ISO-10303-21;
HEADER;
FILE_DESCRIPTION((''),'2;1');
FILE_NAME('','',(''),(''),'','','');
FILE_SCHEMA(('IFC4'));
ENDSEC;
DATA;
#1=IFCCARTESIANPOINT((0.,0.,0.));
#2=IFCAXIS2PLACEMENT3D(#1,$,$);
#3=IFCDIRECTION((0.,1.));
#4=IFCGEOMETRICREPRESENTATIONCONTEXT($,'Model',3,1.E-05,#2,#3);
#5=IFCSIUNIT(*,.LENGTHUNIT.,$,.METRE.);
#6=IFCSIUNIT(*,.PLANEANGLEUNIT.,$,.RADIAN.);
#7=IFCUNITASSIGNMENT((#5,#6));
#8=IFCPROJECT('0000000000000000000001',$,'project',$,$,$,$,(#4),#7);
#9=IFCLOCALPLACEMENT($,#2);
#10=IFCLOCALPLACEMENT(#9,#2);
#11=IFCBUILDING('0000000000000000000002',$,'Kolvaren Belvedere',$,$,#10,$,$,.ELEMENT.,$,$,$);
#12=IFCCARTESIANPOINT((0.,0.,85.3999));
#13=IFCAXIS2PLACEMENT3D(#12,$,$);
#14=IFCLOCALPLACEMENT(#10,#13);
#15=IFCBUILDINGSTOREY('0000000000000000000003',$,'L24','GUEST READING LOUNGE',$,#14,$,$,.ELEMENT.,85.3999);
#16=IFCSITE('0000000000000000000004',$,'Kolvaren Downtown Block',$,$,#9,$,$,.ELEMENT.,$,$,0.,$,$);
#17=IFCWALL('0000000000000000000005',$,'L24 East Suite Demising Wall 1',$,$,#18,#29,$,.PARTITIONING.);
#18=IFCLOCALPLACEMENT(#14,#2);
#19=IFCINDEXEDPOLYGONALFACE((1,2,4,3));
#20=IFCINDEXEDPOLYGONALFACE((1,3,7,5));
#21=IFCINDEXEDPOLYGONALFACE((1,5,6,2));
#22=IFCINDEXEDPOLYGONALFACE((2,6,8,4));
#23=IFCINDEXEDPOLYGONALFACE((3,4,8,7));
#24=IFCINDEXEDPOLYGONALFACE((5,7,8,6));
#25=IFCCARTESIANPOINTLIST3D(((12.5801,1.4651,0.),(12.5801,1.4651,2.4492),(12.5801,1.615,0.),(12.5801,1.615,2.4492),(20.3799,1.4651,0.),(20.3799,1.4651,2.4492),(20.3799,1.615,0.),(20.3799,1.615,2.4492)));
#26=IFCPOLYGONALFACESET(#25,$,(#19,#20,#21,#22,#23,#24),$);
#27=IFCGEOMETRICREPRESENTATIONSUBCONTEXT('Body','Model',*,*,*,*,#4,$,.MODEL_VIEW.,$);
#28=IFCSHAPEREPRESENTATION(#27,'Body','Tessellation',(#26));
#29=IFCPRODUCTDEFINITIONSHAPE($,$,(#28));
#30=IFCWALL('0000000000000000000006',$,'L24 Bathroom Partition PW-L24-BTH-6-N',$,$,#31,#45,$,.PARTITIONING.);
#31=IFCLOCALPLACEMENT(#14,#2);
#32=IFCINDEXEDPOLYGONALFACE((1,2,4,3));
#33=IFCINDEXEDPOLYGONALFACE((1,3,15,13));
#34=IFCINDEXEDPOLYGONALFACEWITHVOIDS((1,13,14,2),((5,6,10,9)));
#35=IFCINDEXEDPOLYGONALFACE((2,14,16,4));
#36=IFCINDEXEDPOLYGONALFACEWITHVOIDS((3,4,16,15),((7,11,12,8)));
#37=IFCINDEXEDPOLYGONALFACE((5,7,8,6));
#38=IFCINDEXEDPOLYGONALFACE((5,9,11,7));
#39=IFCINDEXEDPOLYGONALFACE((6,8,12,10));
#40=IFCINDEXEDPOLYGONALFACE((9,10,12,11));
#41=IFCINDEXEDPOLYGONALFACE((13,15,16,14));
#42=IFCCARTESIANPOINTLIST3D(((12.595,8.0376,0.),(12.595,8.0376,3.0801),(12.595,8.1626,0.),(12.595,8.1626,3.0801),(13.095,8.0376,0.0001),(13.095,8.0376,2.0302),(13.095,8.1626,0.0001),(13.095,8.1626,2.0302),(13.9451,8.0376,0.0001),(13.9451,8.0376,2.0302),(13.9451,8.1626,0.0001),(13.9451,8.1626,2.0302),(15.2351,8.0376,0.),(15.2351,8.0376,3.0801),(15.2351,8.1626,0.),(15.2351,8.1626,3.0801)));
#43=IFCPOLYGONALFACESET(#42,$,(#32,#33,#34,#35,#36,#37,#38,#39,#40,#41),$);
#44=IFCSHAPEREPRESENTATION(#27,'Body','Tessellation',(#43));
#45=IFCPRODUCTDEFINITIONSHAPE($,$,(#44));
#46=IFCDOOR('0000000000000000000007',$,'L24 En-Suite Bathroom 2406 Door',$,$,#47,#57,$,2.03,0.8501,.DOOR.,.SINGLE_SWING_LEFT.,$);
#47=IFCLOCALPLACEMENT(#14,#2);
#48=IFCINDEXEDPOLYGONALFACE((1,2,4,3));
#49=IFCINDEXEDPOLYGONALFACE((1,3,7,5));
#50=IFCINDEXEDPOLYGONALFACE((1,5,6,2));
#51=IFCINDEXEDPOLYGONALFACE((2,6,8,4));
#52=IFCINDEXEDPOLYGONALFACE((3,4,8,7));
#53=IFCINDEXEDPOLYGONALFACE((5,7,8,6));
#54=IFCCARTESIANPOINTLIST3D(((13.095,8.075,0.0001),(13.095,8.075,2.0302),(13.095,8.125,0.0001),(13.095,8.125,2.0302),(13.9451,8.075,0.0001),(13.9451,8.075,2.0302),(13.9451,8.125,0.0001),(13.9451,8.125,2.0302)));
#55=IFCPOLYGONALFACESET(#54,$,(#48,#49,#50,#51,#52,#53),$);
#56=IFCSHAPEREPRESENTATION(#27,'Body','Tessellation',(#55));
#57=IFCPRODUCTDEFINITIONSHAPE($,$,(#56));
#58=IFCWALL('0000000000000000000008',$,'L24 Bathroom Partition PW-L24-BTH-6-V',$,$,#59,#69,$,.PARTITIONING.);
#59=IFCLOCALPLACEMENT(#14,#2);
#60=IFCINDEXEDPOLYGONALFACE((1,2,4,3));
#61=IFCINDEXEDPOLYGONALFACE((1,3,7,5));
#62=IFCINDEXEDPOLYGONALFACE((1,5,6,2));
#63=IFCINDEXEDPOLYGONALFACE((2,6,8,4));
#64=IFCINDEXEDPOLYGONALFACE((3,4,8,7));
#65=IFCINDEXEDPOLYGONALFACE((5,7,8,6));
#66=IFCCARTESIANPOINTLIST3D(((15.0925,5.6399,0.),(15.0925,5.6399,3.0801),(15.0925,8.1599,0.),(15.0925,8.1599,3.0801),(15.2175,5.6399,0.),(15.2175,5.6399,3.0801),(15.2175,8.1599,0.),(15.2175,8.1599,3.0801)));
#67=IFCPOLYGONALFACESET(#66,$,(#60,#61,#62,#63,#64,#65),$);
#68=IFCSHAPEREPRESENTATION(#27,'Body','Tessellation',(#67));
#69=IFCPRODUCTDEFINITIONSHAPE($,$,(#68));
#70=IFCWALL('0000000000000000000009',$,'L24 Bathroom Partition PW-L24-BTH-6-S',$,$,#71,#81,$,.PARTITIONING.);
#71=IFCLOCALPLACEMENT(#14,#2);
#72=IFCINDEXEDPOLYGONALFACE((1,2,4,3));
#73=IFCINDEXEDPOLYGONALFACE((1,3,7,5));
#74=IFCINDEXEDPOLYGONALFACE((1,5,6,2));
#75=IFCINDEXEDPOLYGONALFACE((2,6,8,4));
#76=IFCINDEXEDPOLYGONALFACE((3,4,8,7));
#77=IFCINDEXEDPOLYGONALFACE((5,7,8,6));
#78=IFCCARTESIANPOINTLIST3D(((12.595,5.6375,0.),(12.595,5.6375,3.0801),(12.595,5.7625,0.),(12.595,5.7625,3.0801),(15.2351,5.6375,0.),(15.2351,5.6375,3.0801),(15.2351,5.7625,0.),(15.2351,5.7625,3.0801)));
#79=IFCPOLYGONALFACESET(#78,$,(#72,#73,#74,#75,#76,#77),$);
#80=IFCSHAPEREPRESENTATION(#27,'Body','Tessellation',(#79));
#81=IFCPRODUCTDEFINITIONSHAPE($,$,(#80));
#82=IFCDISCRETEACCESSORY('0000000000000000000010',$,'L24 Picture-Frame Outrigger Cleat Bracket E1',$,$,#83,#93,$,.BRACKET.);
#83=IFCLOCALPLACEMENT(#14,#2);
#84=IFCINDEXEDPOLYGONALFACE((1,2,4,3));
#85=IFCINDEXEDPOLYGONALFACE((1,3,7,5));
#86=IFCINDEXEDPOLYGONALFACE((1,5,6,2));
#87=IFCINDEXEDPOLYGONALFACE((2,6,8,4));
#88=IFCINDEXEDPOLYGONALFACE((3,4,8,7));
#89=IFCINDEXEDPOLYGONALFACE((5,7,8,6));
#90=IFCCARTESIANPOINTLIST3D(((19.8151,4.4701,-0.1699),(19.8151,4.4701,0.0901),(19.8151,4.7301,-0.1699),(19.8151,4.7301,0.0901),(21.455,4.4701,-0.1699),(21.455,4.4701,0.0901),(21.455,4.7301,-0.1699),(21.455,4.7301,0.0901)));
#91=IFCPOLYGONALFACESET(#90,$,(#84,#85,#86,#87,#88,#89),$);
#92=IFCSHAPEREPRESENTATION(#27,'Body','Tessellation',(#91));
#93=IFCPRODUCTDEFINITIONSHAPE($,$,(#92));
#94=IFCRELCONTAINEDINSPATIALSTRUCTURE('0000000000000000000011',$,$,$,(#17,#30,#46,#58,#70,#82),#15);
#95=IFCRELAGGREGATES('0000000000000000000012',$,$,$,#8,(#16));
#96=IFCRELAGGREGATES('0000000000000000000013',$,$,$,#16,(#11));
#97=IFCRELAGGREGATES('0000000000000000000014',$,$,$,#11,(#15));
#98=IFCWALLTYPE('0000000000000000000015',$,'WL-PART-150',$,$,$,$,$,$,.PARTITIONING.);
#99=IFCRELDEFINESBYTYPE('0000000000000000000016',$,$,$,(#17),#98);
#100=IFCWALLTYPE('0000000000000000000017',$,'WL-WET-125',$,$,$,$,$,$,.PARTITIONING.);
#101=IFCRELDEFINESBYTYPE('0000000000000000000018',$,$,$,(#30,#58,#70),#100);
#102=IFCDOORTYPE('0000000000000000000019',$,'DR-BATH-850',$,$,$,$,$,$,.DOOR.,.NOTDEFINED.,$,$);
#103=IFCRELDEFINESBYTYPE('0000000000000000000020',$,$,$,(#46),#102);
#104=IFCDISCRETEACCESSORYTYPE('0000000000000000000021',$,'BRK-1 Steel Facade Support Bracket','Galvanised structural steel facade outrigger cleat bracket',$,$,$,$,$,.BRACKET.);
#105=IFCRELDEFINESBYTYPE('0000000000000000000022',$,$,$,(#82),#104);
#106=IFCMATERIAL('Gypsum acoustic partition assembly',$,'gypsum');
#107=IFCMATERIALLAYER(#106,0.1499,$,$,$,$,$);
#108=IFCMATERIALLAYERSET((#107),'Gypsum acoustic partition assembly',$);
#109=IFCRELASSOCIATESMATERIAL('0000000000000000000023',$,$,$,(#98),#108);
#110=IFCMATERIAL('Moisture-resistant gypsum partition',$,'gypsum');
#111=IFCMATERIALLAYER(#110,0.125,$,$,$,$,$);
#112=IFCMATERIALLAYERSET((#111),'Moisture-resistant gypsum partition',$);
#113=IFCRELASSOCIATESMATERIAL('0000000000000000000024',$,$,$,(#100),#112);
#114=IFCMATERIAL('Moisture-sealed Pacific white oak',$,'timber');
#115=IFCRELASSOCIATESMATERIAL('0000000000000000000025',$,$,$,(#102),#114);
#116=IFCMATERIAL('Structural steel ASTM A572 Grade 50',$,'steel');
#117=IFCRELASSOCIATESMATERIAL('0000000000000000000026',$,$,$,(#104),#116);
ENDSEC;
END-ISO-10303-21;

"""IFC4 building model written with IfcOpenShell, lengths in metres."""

from ifc_helpers import new_model, si_unit, direction, frame, frame_2d, origin, origin_2d, place, context, subcontext, project, spatial, rectangle, extrude, material, layer, layer_set, type_object, element, fill, save


model = new_model("IFC4")

# Units and contexts
model_context = context("Model", 3, precision=1e-05, world=origin(), true_north=direction((0.0, 1.0)))
body_context = subcontext(model_context, "Body", "Model", "MODEL_VIEW")
ifc_project = project(units=[si_unit("LENGTHUNIT", "METRE"), si_unit("PLANEANGLEUNIT", "RADIAN")], contexts=[model_context])

# Site, building, storey
site_placement = place(None, origin())
site = spatial("IfcSite", under=ifc_project, at=site_placement, Name="Kolvaren Downtown Block", CompositionType="ELEMENT", RefElevation=0.0)
building_placement = place(site_placement, origin())
building = spatial("IfcBuilding", under=site, at=building_placement, Name="Kolvaren Belvedere", CompositionType="ELEMENT")
storey_placement = place(building_placement, frame((0.0, 0.0, 85.3999)))
storey = spatial("IfcBuildingStorey", under=building, at=storey_placement, Name="L24", Description="GUEST READING LOUNGE", CompositionType="ELEMENT", Elevation=85.3999)

# Wall
ifc_material_1 = material(Name="Gypsum acoustic partition assembly", Category="gypsum")
ifc_layer_1 = layer(ifc_material_1, 0.1499)
ifc_layer_set_1 = layer_set([ifc_layer_1], Name="Gypsum acoustic partition assembly")
wall_type_1 = type_object("IfcWallType", Name="WL-PART-150", PredefinedType="PARTITIONING", material=ifc_layer_set_1)
wall_1_placement = place(storey_placement, frame((12.5801, 1.54, 0.0), z_axis=(0.0, 0.0, 1.0), x_axis=(1.0, 0.0, 0.0)))
element("IfcWall", 1, at=wall_1_placement, inside=storey, type_object=wall_type_1, Name="L24 East Suite Demising Wall 1", PredefinedType="PARTITIONING", context=body_context, shape_type="SweptSolid", body=[
    extrude(rectangle(XDim=7.7998, YDim=0.1499, at=frame_2d((3.8999, 0.0))), origin(), (0.0, 0.0, 1.0), 2.4492),
])

# Wall, opening, door
ifc_material_2 = material(Name="Moisture-resistant gypsum partition", Category="gypsum")
ifc_layer_2 = layer(ifc_material_2, 0.125)
ifc_layer_set_2 = layer_set([ifc_layer_2], Name="Moisture-resistant gypsum partition")
wall_type_2 = type_object("IfcWallType", Name="WL-WET-125", PredefinedType="PARTITIONING", material=ifc_layer_set_2)
wall_2_placement = place(storey_placement, frame((12.595, 8.1001, 0.0), z_axis=(0.0, 0.0, 1.0), x_axis=(1.0, 0.0, 0.0)))
wall_2 = element("IfcWall", 2, at=wall_2_placement, inside=storey, type_object=wall_type_2, Name="L24 Bathroom Partition PW-L24-BTH-6-N", PredefinedType="PARTITIONING", context=body_context, shape_type="SweptSolid", body=[
    extrude(rectangle(XDim=2.6401, YDim=0.125, at=frame_2d((1.3201, 0.0))), origin(), (0.0, 0.0, 1.0), 3.0801),
])
opening_1_placement = place(wall_2_placement, frame((0.5, 0.0, 0.0)))
opening_1 = element("IfcOpeningElement", 3, at=opening_1_placement, cuts=wall_2, PredefinedType="OPENING", context=body_context, shape_type="SweptSolid", body=[
    extrude(rectangle(XDim=0.8501, YDim=2.03, at=frame_2d((0.425, 1.0151))), frame((0.0, 0.0725, 0.0), z_axis=(0.0, -1.0, 0.0), x_axis=(1.0, 0.0, 0.0)), (0.0, 0.0, 1.0), 0.145),
])
ifc_material_3 = material(Name="Moisture-sealed Pacific white oak", Category="timber")
door_type_1 = type_object("IfcDoorType", Name="DR-BATH-850", OperationType="NOTDEFINED", PredefinedType="DOOR", material=ifc_material_3)
door_1_placement = place(opening_1_placement, origin())
door_1 = element("IfcDoor", 4, at=door_1_placement, inside=storey, type_object=door_type_1, Name="L24 En-Suite Bathroom 2406 Door", OperationType="SINGLE_SWING_LEFT", OverallHeight=2.03, OverallWidth=0.8501, PredefinedType="DOOR", context=body_context, shape_type="SweptSolid", body=[
    extrude(rectangle(XDim=0.8501, YDim=2.03, at=frame_2d((0.425, 1.0151))), frame((0.0, 0.0249, 0.0), z_axis=(0.0, -1.0, 0.0), x_axis=(1.0, 0.0, 0.0)), (0.0, 0.0, 1.0), 0.05),
])
fill(opening_1, door_1)

# Walls
wall_3_placement = place(storey_placement, frame((15.155, 5.6399, 0.0), z_axis=(0.0, 0.0, 1.0), x_axis=(0.0, 1.0, 0.0)))
element("IfcWall", 5, at=wall_3_placement, inside=storey, type_object=wall_type_2, Name="L24 Bathroom Partition PW-L24-BTH-6-V", PredefinedType="PARTITIONING", context=body_context, shape_type="SweptSolid", body=[
    extrude(rectangle(XDim=2.52, YDim=0.125, at=frame_2d((1.26, 0.0))), origin(), (0.0, 0.0, 1.0), 3.0801),
])
wall_4_placement = place(storey_placement, frame((12.595, 5.7, 0.0), z_axis=(0.0, 0.0, 1.0), x_axis=(1.0, 0.0, 0.0)))
element("IfcWall", 6, at=wall_4_placement, inside=storey, type_object=wall_type_2, Name="L24 Bathroom Partition PW-L24-BTH-6-S", PredefinedType="PARTITIONING", context=body_context, shape_type="SweptSolid", body=[
    extrude(rectangle(XDim=2.6401, YDim=0.125, at=frame_2d((1.3201, 0.0))), origin(), (0.0, 0.0, 1.0), 3.0801),
])

# Discrete accessory
ifc_material_4 = material(Name="Structural steel ASTM A572 Grade 50", Category="steel")
discrete_accessory_type = type_object("IfcDiscreteAccessoryType", Name="BRK-1 Steel Facade Support Bracket", Description="Galvanised structural steel facade outrigger cleat bracket", PredefinedType="BRACKET", material=ifc_material_4)
discrete_accessory_placement = place(storey_placement, frame((20.635, 4.6001, -0.1699), z_axis=(0.0, 0.0, 1.0), x_axis=(1.0, 0.0, 0.0)))
element("IfcDiscreteAccessory", 7, at=discrete_accessory_placement, inside=storey, type_object=discrete_accessory_type, Name="L24 Picture-Frame Outrigger Cleat Bracket E1", PredefinedType="BRACKET", context=body_context, shape_type="SweptSolid", body=[
    extrude(rectangle(XDim=1.6399, YDim=0.26, at=origin_2d()), origin(), (0.0, 0.0, 1.0), 0.26),
])

save(model, "model.ifc")
